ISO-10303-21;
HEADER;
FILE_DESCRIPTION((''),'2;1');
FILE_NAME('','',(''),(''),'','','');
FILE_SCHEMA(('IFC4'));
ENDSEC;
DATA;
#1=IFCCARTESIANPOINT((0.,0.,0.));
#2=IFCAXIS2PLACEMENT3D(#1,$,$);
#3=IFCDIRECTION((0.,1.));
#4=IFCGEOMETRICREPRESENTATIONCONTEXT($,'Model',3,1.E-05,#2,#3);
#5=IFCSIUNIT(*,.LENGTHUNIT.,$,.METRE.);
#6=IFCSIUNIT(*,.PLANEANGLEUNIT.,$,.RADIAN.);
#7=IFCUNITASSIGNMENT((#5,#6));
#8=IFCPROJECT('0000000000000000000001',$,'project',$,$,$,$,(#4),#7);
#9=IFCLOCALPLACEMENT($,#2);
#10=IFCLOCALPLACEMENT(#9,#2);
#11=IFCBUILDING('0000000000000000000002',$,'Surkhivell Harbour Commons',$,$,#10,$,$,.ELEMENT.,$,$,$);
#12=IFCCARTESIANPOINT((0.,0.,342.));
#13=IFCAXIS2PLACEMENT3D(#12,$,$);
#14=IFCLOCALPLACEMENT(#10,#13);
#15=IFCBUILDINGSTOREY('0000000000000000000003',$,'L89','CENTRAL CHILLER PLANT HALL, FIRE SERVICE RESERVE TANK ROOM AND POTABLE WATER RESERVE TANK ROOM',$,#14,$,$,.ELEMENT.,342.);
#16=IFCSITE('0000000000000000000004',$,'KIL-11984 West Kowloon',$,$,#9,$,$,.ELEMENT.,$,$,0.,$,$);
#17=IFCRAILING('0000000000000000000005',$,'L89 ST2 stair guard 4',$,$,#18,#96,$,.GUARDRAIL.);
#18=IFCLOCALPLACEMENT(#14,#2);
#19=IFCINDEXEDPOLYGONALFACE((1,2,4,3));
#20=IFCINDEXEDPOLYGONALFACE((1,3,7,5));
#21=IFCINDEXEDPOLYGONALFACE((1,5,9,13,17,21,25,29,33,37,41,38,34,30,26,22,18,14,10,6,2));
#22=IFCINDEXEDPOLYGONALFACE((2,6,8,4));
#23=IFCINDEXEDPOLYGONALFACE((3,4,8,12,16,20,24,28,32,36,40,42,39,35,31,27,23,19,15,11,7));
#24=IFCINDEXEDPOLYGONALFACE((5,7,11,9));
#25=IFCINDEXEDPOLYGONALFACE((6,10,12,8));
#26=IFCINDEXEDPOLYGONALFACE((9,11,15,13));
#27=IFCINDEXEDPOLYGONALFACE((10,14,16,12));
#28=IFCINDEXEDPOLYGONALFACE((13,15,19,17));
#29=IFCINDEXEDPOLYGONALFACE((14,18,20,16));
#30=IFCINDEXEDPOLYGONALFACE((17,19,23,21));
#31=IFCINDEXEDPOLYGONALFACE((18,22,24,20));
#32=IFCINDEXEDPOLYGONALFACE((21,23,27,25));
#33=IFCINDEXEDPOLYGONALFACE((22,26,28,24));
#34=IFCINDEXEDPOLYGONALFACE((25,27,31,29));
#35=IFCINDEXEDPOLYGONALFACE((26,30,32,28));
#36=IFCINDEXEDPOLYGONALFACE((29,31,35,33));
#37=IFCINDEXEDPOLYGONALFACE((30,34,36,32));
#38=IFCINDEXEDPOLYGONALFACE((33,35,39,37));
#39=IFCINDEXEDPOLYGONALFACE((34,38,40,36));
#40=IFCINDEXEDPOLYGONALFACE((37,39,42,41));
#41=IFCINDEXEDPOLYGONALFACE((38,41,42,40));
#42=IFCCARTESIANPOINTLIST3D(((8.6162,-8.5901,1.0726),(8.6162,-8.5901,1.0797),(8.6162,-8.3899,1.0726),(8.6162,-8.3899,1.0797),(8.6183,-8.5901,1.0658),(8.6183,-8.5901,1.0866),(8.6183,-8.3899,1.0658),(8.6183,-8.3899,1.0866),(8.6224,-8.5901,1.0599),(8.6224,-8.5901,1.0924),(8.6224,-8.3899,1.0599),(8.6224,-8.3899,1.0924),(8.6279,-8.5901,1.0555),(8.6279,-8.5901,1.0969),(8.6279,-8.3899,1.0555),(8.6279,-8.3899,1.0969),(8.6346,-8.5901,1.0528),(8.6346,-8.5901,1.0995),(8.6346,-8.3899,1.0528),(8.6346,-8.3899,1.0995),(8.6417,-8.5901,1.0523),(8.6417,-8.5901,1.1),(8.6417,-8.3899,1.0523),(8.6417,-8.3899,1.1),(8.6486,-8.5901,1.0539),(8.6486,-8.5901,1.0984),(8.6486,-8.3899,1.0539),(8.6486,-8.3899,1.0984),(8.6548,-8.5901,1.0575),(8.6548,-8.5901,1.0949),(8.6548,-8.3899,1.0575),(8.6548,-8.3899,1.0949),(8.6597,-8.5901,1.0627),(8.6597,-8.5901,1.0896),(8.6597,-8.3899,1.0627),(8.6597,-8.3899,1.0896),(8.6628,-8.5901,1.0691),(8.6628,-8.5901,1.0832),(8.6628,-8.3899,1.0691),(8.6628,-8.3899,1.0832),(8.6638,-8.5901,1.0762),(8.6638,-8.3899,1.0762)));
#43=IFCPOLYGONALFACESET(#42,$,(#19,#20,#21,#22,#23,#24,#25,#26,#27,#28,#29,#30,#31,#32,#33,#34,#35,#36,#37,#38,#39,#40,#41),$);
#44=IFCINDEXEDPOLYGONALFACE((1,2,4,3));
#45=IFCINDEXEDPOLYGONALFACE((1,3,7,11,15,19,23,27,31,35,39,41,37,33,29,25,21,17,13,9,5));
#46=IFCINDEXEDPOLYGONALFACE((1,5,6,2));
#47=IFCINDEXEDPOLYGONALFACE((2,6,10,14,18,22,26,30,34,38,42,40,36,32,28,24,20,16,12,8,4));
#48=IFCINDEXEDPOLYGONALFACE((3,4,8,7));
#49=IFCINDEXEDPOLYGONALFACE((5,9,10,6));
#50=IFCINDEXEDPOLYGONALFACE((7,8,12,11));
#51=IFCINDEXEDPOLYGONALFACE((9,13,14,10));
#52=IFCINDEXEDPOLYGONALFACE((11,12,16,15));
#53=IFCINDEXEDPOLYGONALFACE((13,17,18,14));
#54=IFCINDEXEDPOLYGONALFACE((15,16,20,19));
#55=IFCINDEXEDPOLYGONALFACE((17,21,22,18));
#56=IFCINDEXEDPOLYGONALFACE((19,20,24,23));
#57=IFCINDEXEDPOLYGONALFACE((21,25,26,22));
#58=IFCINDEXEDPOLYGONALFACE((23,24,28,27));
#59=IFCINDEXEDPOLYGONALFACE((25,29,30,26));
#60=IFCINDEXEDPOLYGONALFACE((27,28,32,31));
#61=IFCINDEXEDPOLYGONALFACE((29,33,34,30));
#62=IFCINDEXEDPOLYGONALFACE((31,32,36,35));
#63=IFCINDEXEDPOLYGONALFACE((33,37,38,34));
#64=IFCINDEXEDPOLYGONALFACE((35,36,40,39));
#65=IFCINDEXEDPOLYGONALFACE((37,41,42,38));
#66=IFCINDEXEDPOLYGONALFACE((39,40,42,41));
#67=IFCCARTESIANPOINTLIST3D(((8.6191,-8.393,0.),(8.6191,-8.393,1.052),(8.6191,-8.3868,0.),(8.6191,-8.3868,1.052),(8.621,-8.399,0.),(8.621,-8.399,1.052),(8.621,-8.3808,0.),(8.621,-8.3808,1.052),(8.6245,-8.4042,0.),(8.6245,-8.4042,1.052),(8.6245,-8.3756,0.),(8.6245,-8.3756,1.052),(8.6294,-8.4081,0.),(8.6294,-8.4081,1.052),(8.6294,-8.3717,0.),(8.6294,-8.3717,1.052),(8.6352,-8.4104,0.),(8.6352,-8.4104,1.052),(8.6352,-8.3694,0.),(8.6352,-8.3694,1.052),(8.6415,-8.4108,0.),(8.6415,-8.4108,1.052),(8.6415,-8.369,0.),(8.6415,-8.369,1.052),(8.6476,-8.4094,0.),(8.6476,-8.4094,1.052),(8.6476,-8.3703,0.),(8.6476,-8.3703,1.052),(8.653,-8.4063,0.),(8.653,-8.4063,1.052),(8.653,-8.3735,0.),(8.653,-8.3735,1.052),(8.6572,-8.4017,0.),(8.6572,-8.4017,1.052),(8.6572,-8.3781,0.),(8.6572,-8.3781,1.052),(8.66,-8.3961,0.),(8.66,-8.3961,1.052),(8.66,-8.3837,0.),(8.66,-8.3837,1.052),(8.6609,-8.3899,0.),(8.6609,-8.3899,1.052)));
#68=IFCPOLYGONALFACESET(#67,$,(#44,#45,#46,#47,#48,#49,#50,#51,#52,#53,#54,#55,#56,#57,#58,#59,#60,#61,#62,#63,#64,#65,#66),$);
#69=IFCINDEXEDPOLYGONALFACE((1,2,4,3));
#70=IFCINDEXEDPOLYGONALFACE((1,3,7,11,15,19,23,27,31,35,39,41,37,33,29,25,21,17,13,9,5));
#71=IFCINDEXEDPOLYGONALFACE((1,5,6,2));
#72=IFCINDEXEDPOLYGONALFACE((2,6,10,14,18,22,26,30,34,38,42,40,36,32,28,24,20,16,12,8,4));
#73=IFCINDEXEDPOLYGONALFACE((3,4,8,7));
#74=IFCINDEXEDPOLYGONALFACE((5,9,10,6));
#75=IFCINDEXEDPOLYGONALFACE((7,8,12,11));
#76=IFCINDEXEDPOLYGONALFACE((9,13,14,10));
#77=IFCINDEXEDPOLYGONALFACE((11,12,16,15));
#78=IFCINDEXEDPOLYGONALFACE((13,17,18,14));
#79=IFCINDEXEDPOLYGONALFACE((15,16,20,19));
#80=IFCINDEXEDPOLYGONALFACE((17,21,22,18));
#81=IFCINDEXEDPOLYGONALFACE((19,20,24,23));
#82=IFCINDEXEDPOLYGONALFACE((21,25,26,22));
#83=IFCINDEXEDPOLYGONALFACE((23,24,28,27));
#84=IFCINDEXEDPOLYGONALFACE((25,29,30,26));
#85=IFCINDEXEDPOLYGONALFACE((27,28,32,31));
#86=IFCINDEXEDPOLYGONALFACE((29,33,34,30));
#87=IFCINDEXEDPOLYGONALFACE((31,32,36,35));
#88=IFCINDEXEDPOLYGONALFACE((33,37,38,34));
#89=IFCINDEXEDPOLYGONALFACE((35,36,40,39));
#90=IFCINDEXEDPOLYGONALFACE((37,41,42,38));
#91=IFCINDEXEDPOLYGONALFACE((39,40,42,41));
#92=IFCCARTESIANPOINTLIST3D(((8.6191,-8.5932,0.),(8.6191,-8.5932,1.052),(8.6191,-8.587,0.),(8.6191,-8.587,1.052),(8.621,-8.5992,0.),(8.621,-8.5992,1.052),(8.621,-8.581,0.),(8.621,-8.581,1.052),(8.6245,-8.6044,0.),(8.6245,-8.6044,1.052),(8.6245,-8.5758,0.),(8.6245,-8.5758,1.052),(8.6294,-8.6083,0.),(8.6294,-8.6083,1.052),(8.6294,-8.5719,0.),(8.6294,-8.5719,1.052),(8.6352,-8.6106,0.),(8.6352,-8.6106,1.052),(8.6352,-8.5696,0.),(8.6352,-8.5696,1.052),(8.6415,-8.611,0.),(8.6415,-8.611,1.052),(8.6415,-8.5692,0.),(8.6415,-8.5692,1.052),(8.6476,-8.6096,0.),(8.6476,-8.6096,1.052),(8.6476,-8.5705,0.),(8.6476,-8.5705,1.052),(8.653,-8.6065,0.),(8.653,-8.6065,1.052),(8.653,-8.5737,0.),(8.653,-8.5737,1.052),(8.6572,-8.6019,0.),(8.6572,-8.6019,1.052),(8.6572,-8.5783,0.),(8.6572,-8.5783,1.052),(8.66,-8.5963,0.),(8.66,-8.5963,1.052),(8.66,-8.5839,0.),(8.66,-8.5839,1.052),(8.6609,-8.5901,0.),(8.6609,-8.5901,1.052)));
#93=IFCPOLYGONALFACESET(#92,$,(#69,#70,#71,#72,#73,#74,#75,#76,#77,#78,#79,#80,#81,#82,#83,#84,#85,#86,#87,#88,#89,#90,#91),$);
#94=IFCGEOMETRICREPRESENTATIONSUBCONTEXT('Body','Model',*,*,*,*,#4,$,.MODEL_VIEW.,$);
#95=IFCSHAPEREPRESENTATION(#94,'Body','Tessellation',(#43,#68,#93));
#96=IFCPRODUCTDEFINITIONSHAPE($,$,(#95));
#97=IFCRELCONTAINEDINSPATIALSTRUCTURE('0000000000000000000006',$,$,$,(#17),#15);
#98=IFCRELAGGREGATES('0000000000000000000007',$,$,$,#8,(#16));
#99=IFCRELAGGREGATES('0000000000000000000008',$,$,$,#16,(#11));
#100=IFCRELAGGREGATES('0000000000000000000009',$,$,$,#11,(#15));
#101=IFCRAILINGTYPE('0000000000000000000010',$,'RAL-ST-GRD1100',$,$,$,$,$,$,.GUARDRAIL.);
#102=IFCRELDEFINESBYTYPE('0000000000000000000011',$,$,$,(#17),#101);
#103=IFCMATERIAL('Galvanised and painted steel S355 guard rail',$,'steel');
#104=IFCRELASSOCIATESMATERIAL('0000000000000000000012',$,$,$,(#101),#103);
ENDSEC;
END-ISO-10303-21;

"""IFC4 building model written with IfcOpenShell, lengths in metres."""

from ifc_helpers import new_model, si_unit, direction, frame, origin, origin_2d, place, context, subcontext, project, spatial, circle, extrude, material, type_object, element, save


model = new_model("IFC4")

# Units and contexts
model_context = context("Model", 3, precision=1e-05, world=origin(), true_north=direction((0.0, 1.0)))
body_context = subcontext(model_context, "Body", "Model", "MODEL_VIEW")
ifc_project = project(units=[si_unit("LENGTHUNIT", "METRE"), si_unit("PLANEANGLEUNIT", "RADIAN")], contexts=[model_context])

# Site, building, storey
site_placement = place(None, origin())
site = spatial("IfcSite", under=ifc_project, at=site_placement, Name="KIL-11984 West Kowloon", CompositionType="ELEMENT", RefElevation=0.0)
building_placement = place(site_placement, origin())
building = spatial("IfcBuilding", under=site, at=building_placement, Name="Surkhivell Harbour Commons", CompositionType="ELEMENT")
storey_placement = place(building_placement, frame((0.0, 0.0, 342.0)))
storey = spatial("IfcBuildingStorey", under=building, at=storey_placement, Name="L89", Description="CENTRAL CHILLER PLANT HALL, FIRE SERVICE RESERVE TANK ROOM AND POTABLE WATER RESERVE TANK ROOM", CompositionType="ELEMENT", Elevation=342.0)

# Railing
ifc_material_1 = material(Name="Galvanised and painted steel S355 guard rail", Category="steel")
railing_type_1 = type_object("IfcRailingType", Name="RAL-ST-GRD1100", PredefinedType="GUARDRAIL", material=ifc_material_1)
railing_1_placement = place(storey_placement, frame((8.6399, -8.3899, 0.0)))
element("IfcRailing", 1, at=railing_1_placement, inside=storey, type_object=railing_type_1, Name="L89 ST2 stair guard 4", PredefinedType="GUARDRAIL", context=body_context, shape_type="SweptSolid", body=[
    extrude(circle(Radius=0.0239, at=origin_2d()), frame((0.0, 0.0, 1.0762), z_axis=(0.0, -1.0, 0.0), x_axis=(1.0, 0.0, 0.0)), (0.0, 0.0, 1.0), 0.2002),
    extrude(circle(Radius=0.021, at=origin_2d()), origin(), (0.0, 0.0, 1.0), 1.052),
    extrude(circle(Radius=0.021, at=origin_2d()), frame((0.0, -0.2002, 0.0)), (0.0, 0.0, 1.0), 1.052),
])

save(model, "model.ifc")
